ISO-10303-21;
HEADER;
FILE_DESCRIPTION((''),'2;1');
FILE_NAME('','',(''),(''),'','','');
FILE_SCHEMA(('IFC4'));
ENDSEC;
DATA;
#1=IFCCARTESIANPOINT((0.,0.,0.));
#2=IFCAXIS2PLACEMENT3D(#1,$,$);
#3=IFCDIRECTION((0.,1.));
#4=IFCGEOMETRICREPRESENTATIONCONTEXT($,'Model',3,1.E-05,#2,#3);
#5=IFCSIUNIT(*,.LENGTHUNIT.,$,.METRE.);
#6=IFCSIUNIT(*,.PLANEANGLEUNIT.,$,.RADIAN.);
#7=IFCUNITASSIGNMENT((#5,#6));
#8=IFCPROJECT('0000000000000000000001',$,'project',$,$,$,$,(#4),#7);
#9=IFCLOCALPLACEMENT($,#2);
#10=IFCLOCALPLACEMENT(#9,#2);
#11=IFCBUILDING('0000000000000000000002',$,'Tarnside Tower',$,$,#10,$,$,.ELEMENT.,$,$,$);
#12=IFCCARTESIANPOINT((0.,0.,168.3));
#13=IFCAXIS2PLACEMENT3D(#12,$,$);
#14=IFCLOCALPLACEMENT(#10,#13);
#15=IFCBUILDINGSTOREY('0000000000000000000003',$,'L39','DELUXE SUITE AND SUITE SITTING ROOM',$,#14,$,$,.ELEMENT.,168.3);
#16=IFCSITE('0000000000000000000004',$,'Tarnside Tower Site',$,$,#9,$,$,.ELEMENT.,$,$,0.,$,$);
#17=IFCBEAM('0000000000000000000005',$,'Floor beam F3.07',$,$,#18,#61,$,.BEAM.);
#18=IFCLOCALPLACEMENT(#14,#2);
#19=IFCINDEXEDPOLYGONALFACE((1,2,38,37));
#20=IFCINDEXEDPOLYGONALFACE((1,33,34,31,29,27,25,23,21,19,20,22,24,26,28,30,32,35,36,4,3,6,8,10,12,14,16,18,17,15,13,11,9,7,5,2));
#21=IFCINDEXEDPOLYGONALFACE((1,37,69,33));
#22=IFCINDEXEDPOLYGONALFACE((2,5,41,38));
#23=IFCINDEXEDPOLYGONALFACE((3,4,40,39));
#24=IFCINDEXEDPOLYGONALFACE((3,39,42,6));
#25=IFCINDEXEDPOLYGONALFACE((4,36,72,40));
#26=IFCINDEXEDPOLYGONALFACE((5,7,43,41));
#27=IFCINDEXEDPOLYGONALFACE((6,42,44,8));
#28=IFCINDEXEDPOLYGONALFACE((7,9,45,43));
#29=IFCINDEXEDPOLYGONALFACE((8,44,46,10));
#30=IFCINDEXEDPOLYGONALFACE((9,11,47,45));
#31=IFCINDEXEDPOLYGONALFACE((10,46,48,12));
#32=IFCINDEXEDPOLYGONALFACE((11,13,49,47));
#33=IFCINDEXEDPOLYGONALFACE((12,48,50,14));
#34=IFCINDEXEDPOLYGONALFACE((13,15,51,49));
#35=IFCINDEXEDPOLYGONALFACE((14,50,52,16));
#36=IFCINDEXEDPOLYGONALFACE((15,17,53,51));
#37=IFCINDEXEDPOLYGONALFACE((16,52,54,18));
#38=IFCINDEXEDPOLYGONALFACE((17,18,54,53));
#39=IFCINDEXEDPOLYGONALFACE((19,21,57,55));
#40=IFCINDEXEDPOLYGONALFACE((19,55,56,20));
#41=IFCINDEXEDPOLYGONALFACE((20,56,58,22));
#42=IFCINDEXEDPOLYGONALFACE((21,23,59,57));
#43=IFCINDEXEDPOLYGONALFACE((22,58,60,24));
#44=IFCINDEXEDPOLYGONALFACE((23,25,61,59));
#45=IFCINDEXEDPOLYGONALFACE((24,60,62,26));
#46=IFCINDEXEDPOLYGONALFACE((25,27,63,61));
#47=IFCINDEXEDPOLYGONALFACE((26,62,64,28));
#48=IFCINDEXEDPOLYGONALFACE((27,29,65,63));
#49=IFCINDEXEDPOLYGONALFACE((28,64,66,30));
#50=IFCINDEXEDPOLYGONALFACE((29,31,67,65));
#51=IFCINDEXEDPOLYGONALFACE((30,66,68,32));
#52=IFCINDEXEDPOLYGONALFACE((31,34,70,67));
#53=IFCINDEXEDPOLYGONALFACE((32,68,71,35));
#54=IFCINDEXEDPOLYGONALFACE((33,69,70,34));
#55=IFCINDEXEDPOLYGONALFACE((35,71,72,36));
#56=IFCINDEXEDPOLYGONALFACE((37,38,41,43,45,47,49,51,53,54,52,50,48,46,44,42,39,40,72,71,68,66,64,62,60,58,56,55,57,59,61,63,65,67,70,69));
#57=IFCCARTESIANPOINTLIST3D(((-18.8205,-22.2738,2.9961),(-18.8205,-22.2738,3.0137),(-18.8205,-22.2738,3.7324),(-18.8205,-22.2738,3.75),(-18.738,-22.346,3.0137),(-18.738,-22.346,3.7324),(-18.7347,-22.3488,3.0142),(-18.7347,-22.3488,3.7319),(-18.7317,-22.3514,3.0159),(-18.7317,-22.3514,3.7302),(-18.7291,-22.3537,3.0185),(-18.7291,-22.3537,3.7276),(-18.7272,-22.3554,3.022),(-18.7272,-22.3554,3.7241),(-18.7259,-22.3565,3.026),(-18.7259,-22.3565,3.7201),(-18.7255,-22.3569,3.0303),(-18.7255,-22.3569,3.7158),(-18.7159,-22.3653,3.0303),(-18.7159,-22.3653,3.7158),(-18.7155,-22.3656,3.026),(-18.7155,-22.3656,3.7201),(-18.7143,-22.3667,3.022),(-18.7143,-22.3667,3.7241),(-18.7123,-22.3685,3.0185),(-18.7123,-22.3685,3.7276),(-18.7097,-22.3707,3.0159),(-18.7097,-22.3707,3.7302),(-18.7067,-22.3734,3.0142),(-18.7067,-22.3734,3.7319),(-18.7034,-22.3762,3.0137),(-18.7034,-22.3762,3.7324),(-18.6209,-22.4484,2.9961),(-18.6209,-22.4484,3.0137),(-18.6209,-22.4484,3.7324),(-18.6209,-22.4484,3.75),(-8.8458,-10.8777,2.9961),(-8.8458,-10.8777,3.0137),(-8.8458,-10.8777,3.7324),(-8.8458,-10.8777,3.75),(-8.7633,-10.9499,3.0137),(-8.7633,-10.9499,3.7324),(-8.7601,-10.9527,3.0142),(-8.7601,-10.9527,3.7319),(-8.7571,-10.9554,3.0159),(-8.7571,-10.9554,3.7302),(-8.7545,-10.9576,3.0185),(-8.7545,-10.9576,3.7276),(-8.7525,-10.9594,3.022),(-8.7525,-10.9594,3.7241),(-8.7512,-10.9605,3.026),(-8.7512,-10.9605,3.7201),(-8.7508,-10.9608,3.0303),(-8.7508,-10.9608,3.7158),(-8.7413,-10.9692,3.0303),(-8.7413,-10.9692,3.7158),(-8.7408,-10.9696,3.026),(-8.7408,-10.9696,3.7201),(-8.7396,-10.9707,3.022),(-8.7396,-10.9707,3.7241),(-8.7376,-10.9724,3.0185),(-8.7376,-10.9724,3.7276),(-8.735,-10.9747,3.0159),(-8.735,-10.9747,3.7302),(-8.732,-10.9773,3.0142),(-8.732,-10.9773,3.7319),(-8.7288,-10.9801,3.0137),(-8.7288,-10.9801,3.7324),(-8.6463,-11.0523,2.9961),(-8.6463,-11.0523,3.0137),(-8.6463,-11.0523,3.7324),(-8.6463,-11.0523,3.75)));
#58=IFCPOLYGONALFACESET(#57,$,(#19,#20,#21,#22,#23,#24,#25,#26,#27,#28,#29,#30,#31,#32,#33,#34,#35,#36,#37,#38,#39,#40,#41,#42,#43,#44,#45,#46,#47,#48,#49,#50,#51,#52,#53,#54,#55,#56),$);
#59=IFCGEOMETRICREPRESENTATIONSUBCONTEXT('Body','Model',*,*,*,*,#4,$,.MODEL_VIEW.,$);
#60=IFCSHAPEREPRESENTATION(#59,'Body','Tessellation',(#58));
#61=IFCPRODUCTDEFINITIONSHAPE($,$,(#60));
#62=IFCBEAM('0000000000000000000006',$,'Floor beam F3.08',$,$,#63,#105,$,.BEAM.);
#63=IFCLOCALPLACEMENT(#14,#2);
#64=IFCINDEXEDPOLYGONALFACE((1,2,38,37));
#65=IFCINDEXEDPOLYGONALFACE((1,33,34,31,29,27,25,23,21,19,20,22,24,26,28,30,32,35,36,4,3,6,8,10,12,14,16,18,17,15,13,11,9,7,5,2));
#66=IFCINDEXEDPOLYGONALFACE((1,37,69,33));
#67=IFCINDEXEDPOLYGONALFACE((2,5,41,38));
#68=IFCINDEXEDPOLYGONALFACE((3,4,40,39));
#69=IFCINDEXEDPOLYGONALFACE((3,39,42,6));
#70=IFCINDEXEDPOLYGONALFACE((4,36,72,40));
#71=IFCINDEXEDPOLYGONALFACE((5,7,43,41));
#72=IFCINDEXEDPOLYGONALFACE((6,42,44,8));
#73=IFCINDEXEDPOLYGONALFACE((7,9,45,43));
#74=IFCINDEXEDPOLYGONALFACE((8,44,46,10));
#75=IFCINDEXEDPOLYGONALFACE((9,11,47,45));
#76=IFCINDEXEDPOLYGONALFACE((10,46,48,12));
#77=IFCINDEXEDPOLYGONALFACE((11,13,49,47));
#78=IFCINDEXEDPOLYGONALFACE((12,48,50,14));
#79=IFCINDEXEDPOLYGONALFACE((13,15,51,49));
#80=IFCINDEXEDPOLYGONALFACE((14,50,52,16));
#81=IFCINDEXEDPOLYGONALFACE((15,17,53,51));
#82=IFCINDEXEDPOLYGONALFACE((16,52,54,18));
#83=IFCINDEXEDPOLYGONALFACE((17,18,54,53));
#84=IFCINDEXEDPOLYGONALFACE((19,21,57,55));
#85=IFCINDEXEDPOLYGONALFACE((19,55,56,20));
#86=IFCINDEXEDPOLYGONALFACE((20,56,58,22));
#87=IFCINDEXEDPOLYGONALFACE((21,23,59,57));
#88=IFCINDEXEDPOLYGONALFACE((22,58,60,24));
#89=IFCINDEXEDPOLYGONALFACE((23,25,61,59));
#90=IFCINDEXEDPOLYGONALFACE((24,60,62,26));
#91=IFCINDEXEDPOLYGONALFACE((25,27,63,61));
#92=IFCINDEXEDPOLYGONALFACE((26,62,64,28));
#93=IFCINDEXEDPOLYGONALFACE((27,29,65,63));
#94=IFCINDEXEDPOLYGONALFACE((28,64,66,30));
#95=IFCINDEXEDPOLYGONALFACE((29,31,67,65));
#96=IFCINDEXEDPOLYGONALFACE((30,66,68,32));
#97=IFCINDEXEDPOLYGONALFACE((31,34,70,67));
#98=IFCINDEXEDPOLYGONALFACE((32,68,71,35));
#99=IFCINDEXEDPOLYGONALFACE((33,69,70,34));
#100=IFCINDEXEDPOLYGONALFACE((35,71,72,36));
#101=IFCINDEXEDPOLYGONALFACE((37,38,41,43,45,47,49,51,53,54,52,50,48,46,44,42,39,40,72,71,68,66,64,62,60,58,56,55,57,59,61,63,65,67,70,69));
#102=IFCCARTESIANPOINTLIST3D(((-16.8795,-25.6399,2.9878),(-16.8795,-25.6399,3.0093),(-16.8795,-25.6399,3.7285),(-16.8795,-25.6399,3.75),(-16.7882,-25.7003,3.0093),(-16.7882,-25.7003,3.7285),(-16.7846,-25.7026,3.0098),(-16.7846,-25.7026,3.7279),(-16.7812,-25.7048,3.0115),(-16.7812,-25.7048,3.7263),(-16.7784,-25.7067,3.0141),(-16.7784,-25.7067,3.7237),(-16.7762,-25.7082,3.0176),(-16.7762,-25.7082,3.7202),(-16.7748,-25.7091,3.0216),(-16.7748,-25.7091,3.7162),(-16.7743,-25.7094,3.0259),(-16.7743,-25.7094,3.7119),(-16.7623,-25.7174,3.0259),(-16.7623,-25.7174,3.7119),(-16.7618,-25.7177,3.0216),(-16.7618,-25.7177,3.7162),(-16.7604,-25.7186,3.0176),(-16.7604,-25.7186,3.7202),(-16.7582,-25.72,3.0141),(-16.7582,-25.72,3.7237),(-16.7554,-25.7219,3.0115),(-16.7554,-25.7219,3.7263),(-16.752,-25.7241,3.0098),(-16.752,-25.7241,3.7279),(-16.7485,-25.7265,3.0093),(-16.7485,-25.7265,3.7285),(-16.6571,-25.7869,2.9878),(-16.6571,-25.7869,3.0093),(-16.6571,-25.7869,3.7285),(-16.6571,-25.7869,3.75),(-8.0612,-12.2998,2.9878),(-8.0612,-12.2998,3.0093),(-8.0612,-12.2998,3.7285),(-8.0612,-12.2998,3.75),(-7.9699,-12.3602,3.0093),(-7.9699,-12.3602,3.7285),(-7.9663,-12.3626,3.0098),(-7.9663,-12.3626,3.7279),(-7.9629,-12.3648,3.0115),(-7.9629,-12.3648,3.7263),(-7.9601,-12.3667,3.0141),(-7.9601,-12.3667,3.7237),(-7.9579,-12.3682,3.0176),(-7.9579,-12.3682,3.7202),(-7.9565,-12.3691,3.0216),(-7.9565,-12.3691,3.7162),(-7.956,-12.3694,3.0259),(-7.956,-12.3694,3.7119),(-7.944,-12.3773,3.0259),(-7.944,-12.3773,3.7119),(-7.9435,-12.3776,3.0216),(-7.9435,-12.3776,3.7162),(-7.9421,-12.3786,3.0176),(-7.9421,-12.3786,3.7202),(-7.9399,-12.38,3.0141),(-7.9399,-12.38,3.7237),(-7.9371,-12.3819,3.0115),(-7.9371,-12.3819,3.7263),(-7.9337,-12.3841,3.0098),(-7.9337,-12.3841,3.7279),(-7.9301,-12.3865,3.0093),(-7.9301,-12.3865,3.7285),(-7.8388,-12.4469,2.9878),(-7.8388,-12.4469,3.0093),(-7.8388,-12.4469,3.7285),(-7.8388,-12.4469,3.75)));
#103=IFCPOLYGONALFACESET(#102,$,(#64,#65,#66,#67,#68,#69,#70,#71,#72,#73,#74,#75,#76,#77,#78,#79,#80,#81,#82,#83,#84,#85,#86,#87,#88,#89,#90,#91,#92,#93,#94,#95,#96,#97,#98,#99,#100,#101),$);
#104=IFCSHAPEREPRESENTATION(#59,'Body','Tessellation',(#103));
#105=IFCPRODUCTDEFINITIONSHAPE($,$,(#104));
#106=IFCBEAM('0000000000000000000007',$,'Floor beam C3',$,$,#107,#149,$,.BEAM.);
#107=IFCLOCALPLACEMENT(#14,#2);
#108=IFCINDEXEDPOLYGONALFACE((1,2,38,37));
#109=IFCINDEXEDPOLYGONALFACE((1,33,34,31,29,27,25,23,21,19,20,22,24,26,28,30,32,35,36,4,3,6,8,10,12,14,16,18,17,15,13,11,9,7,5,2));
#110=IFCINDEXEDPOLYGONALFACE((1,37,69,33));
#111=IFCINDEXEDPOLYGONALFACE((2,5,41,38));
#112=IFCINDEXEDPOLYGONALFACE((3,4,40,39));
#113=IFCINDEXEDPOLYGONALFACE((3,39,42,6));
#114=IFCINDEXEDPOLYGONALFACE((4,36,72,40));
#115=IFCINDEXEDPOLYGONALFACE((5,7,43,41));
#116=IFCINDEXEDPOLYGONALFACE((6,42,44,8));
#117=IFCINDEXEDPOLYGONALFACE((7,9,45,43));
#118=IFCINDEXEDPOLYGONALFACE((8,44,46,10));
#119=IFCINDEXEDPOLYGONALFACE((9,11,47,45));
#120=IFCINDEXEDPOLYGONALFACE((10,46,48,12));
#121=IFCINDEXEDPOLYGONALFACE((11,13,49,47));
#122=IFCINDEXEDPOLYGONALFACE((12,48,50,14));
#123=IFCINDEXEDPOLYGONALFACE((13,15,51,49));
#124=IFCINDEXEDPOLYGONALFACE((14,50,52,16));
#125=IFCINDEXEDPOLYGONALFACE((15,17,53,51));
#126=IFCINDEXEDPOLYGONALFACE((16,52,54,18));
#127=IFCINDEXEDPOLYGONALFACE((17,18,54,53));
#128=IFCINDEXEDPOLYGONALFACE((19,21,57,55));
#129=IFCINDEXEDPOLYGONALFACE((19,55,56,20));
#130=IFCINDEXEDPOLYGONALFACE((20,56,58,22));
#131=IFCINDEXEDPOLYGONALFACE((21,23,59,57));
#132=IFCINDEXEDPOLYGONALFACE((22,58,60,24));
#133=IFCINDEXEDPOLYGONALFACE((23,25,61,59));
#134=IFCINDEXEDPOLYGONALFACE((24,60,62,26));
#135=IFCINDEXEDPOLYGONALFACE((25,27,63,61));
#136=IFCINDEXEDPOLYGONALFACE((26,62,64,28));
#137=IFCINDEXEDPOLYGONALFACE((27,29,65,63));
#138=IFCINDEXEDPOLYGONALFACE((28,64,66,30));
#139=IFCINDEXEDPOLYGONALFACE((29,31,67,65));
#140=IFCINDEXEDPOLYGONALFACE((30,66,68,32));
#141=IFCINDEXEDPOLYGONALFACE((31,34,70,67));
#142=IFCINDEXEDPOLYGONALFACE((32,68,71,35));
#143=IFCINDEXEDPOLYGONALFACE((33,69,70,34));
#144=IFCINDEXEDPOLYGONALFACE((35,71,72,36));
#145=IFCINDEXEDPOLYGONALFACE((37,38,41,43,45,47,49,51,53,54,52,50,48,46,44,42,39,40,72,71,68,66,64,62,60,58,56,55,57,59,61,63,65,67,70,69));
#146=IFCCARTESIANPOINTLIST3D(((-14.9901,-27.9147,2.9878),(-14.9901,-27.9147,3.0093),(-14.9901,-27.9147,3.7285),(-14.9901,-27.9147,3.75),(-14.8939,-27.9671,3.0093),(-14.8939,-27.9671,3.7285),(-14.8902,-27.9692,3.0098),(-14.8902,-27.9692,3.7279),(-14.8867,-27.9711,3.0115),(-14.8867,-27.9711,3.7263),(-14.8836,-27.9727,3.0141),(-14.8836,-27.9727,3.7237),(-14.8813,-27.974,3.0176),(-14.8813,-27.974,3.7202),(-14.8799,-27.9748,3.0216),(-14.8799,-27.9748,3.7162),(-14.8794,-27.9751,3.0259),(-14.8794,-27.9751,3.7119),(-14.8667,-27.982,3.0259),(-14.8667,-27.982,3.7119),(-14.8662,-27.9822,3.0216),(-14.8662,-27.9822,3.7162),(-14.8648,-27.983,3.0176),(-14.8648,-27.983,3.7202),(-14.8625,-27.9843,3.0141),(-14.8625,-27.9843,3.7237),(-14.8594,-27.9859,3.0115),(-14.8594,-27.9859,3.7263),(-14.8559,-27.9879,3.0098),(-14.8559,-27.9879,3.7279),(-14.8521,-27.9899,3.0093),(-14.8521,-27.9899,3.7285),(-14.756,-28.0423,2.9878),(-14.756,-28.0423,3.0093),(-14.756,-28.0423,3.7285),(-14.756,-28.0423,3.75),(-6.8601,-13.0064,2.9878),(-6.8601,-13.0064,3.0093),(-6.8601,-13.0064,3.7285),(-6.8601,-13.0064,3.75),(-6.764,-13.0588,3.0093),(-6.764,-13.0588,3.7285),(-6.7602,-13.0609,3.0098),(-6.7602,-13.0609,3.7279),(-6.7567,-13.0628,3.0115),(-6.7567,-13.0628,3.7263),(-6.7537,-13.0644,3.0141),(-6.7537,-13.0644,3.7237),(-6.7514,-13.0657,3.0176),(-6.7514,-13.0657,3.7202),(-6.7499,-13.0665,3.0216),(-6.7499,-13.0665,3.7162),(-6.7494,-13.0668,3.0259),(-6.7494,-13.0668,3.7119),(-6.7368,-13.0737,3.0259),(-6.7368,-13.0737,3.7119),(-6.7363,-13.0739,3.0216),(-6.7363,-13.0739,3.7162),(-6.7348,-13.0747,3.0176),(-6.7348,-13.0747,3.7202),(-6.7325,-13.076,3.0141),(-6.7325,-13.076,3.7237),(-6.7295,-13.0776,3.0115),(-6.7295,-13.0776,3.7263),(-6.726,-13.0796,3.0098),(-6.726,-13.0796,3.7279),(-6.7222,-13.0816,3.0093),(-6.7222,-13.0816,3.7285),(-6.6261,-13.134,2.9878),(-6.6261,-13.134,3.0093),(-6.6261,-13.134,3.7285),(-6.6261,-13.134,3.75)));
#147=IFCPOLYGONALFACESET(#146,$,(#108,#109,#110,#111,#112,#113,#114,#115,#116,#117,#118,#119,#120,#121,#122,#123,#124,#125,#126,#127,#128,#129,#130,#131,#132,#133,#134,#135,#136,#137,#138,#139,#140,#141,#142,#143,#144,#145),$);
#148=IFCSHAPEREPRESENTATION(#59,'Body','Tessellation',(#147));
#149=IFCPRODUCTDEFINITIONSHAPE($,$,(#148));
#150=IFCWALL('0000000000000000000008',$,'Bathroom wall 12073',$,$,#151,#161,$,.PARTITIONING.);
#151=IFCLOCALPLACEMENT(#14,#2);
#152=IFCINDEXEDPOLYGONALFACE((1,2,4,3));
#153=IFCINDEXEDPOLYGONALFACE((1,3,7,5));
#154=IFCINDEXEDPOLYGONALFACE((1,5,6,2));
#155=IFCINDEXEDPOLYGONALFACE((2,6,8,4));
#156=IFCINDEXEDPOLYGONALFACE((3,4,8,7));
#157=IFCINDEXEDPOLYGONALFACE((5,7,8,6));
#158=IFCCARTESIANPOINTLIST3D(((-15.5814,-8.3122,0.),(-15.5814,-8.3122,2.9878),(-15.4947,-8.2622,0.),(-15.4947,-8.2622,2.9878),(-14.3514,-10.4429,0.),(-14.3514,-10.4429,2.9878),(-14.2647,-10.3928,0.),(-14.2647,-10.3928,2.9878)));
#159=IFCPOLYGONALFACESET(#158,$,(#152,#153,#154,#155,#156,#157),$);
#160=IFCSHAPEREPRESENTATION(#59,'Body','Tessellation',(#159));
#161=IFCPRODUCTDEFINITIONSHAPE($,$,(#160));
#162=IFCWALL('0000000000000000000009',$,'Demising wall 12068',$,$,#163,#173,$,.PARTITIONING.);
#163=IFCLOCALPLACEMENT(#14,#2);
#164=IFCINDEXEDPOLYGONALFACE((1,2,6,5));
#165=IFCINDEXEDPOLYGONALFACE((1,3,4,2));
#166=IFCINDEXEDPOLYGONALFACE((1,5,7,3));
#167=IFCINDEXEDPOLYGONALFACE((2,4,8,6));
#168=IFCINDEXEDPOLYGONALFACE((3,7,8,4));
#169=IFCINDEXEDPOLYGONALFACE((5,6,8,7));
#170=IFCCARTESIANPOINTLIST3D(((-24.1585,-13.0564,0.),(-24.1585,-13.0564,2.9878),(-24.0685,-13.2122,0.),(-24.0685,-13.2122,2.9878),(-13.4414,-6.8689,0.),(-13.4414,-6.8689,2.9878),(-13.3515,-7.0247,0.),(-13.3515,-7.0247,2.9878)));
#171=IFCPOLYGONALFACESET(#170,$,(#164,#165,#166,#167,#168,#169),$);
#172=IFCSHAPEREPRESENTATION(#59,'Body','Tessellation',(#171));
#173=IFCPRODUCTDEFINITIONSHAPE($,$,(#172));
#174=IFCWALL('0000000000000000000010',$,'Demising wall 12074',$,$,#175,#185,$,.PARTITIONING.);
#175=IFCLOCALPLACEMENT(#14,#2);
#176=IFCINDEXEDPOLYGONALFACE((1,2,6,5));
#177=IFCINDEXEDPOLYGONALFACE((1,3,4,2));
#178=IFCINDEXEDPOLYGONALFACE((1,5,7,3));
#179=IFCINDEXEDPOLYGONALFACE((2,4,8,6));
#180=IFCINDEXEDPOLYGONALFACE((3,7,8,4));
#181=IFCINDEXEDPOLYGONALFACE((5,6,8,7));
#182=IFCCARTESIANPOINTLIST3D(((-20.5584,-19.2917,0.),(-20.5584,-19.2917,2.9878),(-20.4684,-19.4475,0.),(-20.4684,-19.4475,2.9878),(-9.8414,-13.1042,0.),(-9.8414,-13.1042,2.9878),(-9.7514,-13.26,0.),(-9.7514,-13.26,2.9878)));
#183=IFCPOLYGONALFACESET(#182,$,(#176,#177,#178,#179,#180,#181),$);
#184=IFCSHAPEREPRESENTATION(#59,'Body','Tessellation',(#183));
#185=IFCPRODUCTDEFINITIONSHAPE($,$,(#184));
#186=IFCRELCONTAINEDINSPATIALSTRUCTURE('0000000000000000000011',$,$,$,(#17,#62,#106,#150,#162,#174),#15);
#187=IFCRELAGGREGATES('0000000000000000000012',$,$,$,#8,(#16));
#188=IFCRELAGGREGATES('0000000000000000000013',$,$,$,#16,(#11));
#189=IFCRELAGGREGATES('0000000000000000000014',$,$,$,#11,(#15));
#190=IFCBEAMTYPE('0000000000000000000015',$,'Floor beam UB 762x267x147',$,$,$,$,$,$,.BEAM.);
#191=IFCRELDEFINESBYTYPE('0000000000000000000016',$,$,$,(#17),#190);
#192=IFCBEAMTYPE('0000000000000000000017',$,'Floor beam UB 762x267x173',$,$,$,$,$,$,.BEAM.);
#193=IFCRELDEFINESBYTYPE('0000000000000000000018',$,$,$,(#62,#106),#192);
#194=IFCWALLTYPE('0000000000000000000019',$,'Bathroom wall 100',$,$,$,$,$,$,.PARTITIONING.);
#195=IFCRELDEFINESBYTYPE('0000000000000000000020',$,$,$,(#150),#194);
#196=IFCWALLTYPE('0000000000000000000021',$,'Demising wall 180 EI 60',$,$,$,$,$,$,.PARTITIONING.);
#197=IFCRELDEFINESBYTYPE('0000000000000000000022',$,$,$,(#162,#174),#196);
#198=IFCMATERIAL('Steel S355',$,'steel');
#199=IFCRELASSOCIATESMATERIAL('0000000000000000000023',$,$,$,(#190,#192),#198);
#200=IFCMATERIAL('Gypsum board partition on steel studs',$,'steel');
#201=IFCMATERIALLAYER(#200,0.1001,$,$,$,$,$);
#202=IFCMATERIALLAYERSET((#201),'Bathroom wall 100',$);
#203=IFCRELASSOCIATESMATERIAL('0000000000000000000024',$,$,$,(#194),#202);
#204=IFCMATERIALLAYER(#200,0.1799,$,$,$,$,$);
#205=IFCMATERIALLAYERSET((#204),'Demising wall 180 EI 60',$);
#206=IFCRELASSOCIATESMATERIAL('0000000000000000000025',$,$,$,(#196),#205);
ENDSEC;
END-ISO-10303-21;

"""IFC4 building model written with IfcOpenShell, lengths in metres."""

from ifc_helpers import new_model, si_unit, direction, frame, frame_2d, origin, origin_2d, place, context, subcontext, project, spatial, rectangle, i_section, extrude, material, layer, layer_set, material_profile, profile_set, type_object, element, save


model = new_model("IFC4")

# Units and contexts
model_context = context("Model", 3, precision=1e-05, world=origin(), true_north=direction((0.0, 1.0)))
body_context = subcontext(model_context, "Body", "Model", "MODEL_VIEW")
ifc_project = project(units=[si_unit("LENGTHUNIT", "METRE"), si_unit("PLANEANGLEUNIT", "RADIAN")], contexts=[model_context])

# Site, building, storey
site_placement = place(None, origin())
site = spatial("IfcSite", under=ifc_project, at=site_placement, Name="Tarnside Tower Site", CompositionType="ELEMENT", RefElevation=0.0)
building_placement = place(site_placement, origin())
building = spatial("IfcBuilding", under=site, at=building_placement, Name="Tarnside Tower", CompositionType="ELEMENT")
storey_placement = place(building_placement, frame((0.0, 0.0, 168.3)))
storey = spatial("IfcBuildingStorey", under=building, at=storey_placement, Name="L39", Description="DELUXE SUITE AND SUITE SITTING ROOM", CompositionType="ELEMENT", Elevation=168.3)

# Beams
ifc_material_1 = material(Name="Steel S355", Category="steel")
ifc_material_profile_1 = material_profile(ifc_material_1, i_section(OverallWidth=0.2651, OverallDepth=0.7539, WebThickness=0.0127, FlangeThickness=0.0176, FilletRadius=0.0166, at=origin_2d()), Name="UB 762x267x147")
ifc_profile_set_1 = profile_set([ifc_material_profile_1], Name="Steel S355")
beam_type_1 = type_object("IfcBeamType", Name="Floor beam UB 762x267x147", PredefinedType="BEAM", material=ifc_profile_set_1)
beam_1_placement = place(storey_placement, frame((-18.7207, -22.3611, 3.373), z_axis=(0.658621, 0.752475, 0.0), x_axis=(-0.752475, 0.658621, 0.0)))
element("IfcBeam", 1, at=beam_1_placement, inside=storey, type_object=beam_type_1, Name="Floor beam F3.07", PredefinedType="BEAM", context=body_context, shape_type="SweptSolid", body=[
    extrude(i_section(OverallWidth=0.2651, OverallDepth=0.7539, WebThickness=0.0127, FlangeThickness=0.0176, FilletRadius=0.0166, at=origin_2d()), origin(), (0.0, 0.0, 1.0), 15.1448),
])
ifc_material_profile_2 = material_profile(ifc_material_1, i_section(OverallWidth=0.2666, OverallDepth=0.7622, WebThickness=0.0144, FlangeThickness=0.0215, FilletRadius=0.0166, at=origin_2d()), Name="UB 762x267x173")
ifc_profile_set_2 = profile_set([ifc_material_profile_2], Name="Steel S355")
beam_type_2 = type_object("IfcBeamType", Name="Floor beam UB 762x267x173", PredefinedType="BEAM", material=ifc_profile_set_2)
beam_2_placement = place(storey_placement, frame((-16.7683, -25.7134, 3.3689), z_axis=(0.551448, 0.83421, 0.0), x_axis=(-0.83421, 0.551448, 0.0)))
element("IfcBeam", 2, at=beam_2_placement, inside=storey, type_object=beam_type_2, Name="Floor beam F3.08", PredefinedType="BEAM", context=body_context, shape_type="SweptSolid", body=[
    extrude(i_section(OverallWidth=0.2666, OverallDepth=0.7622, WebThickness=0.0144, FlangeThickness=0.0215, FilletRadius=0.0166, at=origin_2d()), origin(), (0.0, 0.0, 1.0), 15.9912),
])
beam_3_placement = place(storey_placement, frame((-14.873, -27.9785, 3.3689), z_axis=(0.478768, 0.877942, 0.0), x_axis=(-0.877942, 0.478768, 0.0)))
element("IfcBeam", 3, at=beam_3_placement, inside=storey, type_object=beam_type_2, Name="Floor beam C3", PredefinedType="BEAM", context=body_context, shape_type="SweptSolid", body=[
    extrude(i_section(OverallWidth=0.2666, OverallDepth=0.7622, WebThickness=0.0144, FlangeThickness=0.0215, FilletRadius=0.0166, at=origin_2d()), origin(), (0.0, 0.0, 1.0), 16.981),
])

# Walls
ifc_material_2 = material(Name="Gypsum board partition on steel studs", Category="steel")
ifc_layer_1 = layer(ifc_material_2, 0.1001)
ifc_layer_set_1 = layer_set([ifc_layer_1], Name="Bathroom wall 100")
wall_type_1 = type_object("IfcWallType", Name="Bathroom wall 100", PredefinedType="PARTITIONING", material=ifc_layer_set_1)
wall_1_placement = place(storey_placement, frame((-14.3081, -10.4177, 0.0), z_axis=(0.0, 0.0, 1.0), x_axis=(-0.49996, 0.866048, 0.0)))
element("IfcWall", 4, at=wall_1_placement, inside=storey, type_object=wall_type_1, Name="Bathroom wall 12073", PredefinedType="PARTITIONING", context=body_context, shape_type="SweptSolid", body=[
    extrude(rectangle(XDim=2.4602, YDim=0.1001, at=frame_2d((1.23, 0.0))), origin(), (0.0, 0.0, 1.0), 2.9878),
])
ifc_layer_2 = layer(ifc_material_2, 0.1799)
ifc_layer_set_2 = layer_set([ifc_layer_2], Name="Demising wall 180 EI 60")
wall_type_2 = type_object("IfcWallType", Name="Demising wall 180 EI 60", PredefinedType="PARTITIONING", material=ifc_layer_set_2)
for number, where, z_axis, x_axis, name in (
    (5, (-24.1135, -13.1343, 0.0), (0.0, 0.0, 1.0), (0.866025, 0.500001, 0.0), "Demising wall 12068"),
    (6, (-20.5134, -19.3696, 0.0), (0.0, 0.0, 1.0), (0.866025, 0.500001, 0.0), "Demising wall 12074"),
):
    element("IfcWall", number, at=place(storey_placement, frame(where, z_axis=z_axis, x_axis=x_axis)), inside=storey, type_object=wall_type_2, Name=name, PredefinedType="PARTITIONING", context=body_context, shape_type="SweptSolid", body=[
        extrude(rectangle(XDim=12.375, YDim=0.1799, at=frame_2d((6.1875, 0.0))), origin(), (0.0, 0.0, 1.0), 2.9878),
    ])

save(model, "model.ifc")
